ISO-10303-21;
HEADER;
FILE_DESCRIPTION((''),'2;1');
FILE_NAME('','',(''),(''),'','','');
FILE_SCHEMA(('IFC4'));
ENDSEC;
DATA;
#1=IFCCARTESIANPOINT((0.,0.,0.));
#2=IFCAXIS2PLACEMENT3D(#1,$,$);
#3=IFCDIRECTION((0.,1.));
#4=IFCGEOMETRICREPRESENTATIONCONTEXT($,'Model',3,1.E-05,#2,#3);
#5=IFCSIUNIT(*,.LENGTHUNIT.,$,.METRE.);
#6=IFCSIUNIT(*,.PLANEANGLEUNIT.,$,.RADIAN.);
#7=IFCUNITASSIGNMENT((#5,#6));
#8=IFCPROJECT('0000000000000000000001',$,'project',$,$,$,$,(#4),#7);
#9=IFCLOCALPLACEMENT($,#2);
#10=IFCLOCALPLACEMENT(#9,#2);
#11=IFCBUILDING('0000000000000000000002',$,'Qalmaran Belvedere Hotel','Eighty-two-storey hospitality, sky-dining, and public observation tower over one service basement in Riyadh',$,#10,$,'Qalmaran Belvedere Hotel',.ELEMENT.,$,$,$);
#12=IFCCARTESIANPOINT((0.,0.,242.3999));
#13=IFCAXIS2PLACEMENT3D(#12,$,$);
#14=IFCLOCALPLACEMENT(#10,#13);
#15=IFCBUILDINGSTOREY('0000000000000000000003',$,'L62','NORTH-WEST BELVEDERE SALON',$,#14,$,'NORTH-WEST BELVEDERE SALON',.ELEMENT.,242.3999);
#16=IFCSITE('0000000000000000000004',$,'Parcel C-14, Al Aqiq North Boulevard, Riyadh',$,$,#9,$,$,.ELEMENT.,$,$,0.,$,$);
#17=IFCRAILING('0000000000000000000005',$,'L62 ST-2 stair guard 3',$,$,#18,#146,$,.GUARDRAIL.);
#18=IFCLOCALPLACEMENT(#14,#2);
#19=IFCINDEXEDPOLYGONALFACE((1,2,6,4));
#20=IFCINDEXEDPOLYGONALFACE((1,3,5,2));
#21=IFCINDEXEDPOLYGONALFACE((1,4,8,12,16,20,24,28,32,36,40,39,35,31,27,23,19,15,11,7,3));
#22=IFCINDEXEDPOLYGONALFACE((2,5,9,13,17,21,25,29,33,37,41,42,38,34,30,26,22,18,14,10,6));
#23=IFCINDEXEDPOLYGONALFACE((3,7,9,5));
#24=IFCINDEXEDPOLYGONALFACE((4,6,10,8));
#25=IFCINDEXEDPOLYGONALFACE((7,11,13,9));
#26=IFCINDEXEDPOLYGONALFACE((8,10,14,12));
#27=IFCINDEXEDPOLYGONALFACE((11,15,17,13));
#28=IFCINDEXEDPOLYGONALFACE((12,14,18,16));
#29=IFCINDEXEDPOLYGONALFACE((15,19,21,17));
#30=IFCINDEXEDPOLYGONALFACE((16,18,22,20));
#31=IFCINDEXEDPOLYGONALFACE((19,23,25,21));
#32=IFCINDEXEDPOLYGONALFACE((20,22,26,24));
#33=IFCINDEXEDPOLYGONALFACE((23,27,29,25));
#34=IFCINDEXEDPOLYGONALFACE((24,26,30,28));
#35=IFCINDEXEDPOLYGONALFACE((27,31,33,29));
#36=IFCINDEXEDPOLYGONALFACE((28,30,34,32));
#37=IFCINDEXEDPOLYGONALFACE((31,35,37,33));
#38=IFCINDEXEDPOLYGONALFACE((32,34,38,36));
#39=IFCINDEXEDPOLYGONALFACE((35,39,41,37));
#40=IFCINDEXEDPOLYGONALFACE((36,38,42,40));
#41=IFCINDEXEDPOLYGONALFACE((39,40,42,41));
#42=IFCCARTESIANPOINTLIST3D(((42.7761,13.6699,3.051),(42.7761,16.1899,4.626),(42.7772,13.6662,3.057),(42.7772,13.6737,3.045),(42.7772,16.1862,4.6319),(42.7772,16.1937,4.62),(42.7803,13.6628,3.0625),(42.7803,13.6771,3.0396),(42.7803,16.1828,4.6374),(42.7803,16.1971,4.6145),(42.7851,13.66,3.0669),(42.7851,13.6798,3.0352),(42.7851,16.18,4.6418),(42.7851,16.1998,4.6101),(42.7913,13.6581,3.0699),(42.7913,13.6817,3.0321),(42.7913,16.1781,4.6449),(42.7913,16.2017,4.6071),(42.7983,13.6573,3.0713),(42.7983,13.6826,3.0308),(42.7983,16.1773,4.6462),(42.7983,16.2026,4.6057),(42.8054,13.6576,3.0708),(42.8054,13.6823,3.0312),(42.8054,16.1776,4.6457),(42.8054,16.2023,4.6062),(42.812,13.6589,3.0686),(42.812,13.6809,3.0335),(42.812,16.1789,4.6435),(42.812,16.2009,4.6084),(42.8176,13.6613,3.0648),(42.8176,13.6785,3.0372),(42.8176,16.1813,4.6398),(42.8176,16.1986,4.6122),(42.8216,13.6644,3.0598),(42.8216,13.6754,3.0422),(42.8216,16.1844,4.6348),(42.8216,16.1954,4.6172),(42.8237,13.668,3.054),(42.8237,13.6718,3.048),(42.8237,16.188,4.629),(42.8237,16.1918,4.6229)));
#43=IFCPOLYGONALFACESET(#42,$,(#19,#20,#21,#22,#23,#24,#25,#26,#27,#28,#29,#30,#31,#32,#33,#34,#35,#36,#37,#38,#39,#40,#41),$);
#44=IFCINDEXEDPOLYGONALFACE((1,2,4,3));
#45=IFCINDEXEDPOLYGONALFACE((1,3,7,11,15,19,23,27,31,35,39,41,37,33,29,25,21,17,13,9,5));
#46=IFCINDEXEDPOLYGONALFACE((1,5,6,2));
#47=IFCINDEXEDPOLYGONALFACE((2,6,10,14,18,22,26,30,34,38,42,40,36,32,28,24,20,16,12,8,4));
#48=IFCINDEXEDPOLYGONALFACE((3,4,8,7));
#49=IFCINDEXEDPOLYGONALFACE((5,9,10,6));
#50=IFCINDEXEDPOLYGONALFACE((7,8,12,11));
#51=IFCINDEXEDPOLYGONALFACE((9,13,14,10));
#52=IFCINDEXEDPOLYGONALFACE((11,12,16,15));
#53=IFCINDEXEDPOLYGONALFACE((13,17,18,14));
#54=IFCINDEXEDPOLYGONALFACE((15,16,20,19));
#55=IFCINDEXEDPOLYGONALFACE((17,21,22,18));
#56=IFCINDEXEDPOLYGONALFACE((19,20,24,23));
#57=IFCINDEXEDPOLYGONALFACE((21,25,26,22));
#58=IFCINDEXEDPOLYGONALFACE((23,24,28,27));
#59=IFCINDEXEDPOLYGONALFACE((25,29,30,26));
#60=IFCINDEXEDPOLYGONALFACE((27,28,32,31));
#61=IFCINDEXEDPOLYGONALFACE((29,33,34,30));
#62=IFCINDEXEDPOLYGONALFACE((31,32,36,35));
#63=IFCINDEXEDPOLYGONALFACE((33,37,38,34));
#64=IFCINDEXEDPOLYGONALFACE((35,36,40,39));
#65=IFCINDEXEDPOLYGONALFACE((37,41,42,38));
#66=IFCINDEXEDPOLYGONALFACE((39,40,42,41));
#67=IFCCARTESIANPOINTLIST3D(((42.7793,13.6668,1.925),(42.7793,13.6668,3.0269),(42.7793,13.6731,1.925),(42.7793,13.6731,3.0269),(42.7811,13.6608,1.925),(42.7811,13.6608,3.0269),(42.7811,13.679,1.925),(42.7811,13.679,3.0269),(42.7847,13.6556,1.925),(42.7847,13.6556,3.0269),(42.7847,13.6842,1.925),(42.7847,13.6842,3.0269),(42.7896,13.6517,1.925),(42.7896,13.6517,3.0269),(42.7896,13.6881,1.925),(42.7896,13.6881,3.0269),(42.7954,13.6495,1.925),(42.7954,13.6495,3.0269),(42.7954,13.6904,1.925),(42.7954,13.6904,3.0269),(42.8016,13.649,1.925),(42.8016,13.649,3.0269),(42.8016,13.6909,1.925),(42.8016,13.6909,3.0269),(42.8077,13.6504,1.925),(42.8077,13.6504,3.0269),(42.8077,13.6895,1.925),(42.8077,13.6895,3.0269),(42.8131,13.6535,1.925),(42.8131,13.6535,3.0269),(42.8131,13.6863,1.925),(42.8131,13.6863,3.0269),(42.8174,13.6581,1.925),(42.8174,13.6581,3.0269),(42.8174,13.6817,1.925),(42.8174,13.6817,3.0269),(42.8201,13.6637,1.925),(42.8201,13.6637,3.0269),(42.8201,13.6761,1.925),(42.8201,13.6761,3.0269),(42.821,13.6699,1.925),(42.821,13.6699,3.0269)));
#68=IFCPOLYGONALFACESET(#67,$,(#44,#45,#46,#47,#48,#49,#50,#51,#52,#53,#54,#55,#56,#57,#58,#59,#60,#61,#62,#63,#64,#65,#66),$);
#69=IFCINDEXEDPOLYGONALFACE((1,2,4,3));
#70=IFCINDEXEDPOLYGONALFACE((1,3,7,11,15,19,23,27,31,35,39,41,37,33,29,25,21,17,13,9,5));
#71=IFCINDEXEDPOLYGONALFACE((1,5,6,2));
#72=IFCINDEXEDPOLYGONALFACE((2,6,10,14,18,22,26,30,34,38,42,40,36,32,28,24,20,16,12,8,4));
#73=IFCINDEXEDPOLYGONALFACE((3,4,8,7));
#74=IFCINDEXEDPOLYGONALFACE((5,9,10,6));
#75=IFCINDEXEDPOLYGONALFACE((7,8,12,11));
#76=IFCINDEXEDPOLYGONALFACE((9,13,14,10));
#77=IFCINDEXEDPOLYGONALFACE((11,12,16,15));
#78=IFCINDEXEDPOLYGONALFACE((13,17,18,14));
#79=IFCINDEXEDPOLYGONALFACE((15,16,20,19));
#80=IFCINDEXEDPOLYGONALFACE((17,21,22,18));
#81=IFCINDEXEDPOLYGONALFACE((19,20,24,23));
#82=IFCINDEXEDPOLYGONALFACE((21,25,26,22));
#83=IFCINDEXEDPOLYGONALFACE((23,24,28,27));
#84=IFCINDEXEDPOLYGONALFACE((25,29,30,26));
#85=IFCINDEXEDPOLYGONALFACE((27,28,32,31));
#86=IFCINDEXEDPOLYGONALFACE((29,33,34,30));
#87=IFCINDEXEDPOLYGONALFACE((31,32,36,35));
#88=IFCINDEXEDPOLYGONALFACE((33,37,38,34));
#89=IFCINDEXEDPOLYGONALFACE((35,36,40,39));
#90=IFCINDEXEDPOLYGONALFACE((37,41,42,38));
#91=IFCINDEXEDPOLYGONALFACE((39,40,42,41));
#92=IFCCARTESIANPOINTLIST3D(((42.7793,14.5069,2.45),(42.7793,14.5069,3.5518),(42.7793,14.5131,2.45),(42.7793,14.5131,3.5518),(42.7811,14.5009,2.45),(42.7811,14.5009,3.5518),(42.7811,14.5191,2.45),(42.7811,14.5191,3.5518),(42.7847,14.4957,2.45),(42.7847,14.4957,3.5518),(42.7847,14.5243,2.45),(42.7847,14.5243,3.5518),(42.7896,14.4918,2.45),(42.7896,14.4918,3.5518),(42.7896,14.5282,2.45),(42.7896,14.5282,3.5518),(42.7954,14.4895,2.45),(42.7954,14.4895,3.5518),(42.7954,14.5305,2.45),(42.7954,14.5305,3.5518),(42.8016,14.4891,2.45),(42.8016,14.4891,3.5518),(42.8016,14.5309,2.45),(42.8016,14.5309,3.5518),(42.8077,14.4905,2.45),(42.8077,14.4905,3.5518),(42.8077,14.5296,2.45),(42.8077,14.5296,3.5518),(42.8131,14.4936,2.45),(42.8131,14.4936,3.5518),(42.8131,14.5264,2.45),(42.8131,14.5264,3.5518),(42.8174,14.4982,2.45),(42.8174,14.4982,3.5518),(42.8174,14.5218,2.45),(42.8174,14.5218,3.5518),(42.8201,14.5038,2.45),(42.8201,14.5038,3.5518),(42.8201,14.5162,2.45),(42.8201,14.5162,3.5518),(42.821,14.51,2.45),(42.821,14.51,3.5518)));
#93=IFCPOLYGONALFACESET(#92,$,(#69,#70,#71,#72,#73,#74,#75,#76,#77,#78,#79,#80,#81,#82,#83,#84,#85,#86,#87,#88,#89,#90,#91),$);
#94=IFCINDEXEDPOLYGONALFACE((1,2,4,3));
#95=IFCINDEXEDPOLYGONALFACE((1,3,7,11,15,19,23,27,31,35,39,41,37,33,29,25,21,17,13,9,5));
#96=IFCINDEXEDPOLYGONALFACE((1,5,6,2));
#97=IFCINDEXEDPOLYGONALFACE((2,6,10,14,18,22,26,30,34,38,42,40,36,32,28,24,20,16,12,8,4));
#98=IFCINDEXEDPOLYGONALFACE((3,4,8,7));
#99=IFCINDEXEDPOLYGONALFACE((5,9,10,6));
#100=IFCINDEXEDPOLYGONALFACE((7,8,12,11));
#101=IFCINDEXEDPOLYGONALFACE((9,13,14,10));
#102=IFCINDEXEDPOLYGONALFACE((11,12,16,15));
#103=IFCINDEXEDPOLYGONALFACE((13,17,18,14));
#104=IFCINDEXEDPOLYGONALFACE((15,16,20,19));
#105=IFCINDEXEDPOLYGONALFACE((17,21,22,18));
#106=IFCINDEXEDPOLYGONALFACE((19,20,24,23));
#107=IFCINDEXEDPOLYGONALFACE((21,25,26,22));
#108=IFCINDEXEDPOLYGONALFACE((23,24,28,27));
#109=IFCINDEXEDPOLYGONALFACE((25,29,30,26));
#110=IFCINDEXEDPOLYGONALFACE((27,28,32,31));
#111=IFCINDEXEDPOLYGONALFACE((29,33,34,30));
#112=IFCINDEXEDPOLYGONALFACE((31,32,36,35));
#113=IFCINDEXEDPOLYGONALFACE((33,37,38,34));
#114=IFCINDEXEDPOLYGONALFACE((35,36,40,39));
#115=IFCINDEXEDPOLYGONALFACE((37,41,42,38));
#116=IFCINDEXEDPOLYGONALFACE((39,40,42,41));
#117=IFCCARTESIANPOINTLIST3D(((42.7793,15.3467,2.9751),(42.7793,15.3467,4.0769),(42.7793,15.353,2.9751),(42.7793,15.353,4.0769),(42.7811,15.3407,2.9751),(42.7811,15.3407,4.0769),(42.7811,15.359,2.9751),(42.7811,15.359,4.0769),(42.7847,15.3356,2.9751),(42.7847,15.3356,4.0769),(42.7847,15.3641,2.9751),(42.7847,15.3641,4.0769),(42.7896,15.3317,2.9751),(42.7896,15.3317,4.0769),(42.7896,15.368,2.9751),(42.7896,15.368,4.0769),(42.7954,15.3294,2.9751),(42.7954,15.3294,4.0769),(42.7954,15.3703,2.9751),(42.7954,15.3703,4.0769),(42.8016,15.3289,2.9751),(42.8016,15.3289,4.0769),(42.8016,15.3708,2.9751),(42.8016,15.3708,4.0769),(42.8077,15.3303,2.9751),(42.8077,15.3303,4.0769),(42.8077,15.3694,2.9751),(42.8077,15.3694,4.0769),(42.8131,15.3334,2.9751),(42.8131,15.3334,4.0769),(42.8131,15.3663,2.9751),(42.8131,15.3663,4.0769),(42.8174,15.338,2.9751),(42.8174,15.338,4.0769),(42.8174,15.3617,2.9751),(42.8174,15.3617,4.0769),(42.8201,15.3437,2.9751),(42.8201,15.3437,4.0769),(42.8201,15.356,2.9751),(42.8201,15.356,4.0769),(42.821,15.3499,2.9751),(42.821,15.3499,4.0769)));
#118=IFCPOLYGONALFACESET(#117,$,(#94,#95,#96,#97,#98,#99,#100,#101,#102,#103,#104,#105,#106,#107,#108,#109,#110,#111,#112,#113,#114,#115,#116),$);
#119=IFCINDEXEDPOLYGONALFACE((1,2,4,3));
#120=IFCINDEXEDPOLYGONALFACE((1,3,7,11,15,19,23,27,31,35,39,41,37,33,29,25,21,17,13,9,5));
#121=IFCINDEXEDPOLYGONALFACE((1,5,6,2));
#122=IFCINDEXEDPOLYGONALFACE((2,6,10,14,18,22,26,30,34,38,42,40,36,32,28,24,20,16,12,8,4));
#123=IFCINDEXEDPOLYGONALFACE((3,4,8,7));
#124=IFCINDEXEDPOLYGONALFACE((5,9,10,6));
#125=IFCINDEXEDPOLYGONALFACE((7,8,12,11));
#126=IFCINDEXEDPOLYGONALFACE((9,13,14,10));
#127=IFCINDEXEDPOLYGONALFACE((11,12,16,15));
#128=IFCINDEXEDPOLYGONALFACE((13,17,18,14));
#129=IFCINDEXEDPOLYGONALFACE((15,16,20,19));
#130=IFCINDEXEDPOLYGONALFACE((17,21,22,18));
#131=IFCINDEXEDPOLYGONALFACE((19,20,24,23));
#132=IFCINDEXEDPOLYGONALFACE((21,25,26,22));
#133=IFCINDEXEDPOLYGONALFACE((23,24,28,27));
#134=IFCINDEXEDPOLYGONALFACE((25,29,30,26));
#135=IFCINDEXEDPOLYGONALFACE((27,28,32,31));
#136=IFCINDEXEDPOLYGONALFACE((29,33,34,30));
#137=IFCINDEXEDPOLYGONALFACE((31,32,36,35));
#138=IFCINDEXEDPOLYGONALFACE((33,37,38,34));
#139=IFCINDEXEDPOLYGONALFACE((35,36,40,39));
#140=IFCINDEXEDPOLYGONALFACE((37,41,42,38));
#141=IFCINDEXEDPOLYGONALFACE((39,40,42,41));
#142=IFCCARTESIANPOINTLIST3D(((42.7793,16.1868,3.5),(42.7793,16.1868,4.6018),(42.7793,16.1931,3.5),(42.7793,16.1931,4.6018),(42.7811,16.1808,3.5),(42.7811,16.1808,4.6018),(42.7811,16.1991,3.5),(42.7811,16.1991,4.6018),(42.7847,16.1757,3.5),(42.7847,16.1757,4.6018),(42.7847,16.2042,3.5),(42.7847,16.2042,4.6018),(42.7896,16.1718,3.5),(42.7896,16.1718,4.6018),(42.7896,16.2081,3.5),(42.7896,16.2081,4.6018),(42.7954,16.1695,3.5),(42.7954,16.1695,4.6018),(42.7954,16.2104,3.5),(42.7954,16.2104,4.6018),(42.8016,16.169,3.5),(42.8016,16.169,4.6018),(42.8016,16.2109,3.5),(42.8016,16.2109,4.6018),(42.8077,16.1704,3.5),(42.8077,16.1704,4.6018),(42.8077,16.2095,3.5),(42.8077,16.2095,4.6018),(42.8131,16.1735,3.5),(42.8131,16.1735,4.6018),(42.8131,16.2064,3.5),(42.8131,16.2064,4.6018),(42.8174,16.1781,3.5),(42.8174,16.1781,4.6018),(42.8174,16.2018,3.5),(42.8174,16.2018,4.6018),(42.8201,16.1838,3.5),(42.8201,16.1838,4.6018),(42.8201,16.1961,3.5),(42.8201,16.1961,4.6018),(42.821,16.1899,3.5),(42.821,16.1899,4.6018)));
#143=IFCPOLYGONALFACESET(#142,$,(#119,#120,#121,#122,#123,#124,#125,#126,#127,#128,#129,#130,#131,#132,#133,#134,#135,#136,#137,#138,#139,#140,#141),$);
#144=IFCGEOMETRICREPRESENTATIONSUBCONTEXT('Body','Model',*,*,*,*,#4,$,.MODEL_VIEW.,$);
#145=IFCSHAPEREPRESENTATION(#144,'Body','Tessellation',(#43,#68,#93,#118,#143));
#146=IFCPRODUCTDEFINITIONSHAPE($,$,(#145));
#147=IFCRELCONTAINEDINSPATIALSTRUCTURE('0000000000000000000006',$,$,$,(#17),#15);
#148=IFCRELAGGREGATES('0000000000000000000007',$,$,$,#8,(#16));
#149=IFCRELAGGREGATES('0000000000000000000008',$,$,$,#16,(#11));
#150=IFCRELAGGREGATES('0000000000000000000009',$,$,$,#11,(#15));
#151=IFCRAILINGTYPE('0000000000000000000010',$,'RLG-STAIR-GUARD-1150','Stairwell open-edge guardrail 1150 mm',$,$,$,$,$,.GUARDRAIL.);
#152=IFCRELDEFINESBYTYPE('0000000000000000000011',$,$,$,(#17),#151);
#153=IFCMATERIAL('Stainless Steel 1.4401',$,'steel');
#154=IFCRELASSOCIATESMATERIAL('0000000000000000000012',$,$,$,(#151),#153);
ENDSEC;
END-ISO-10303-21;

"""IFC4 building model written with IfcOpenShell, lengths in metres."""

from ifc_helpers import new_model, si_unit, direction, frame, origin, origin_2d, place, context, subcontext, project, spatial, circle, extrude, material, type_object, element, save


model = new_model("IFC4")

# Units and contexts
model_context = context("Model", 3, precision=1e-05, world=origin(), true_north=direction((0.0, 1.0)))
body_context = subcontext(model_context, "Body", "Model", "MODEL_VIEW")
ifc_project = project(units=[si_unit("LENGTHUNIT", "METRE"), si_unit("PLANEANGLEUNIT", "RADIAN")], contexts=[model_context])

# Site, building, storey
site_placement = place(None, origin())
site = spatial("IfcSite", under=ifc_project, at=site_placement, Name="Parcel C-14, Al Aqiq North Boulevard, Riyadh", CompositionType="ELEMENT", RefElevation=0.0)
building_placement = place(site_placement, origin())
building = spatial("IfcBuilding", under=site, at=building_placement, Name="Qalmaran Belvedere Hotel", Description="Eighty-two-storey hospitality, sky-dining, and public observation tower over one service basement in Riyadh", LongName="Qalmaran Belvedere Hotel", CompositionType="ELEMENT")
storey_placement = place(building_placement, frame((0.0, 0.0, 242.3999)))
storey = spatial("IfcBuildingStorey", under=building, at=storey_placement, Name="L62", Description="NORTH-WEST BELVEDERE SALON", LongName="NORTH-WEST BELVEDERE SALON", CompositionType="ELEMENT", Elevation=242.3999)

# Railing
ifc_material_1 = material(Name="Stainless Steel 1.4401", Category="steel")
railing_type_1 = type_object("IfcRailingType", Name="RLG-STAIR-GUARD-1150", Description="Stairwell open-edge guardrail 1150 mm", PredefinedType="GUARDRAIL", material=ifc_material_1)
railing_1_placement = place(storey_placement, frame((42.8, 13.6699, 1.925)))
element("IfcRailing", 1, at=railing_1_placement, inside=storey, type_object=railing_type_1, Name="L62 ST-2 stair guard 3", PredefinedType="GUARDRAIL", context=body_context, shape_type="SweptSolid", body=[
    extrude(circle(Radius=0.0239, at=origin_2d()), frame((0.0, 0.0, 1.126), z_axis=(0.0, 0.848008, 0.529984), x_axis=(-1.0, 0.0, 0.0)), (0.0, 0.0, 1.0), 2.9717),
    extrude(circle(Radius=0.021, at=origin_2d()), origin(), (0.0, 0.0, 1.0), 1.1018),
    extrude(circle(Radius=0.021, at=origin_2d()), frame((0.0, 0.8401, 0.5249)), (0.0, 0.0, 1.0), 1.1018),
    extrude(circle(Radius=0.021, at=origin_2d()), frame((0.0, 1.6799, 1.05)), (0.0, 0.0, 1.0), 1.1018),
    extrude(circle(Radius=0.021, at=origin_2d()), frame((0.0, 2.52, 1.575)), (0.0, 0.0, 1.0), 1.1018),
])

save(model, "model.ifc")
